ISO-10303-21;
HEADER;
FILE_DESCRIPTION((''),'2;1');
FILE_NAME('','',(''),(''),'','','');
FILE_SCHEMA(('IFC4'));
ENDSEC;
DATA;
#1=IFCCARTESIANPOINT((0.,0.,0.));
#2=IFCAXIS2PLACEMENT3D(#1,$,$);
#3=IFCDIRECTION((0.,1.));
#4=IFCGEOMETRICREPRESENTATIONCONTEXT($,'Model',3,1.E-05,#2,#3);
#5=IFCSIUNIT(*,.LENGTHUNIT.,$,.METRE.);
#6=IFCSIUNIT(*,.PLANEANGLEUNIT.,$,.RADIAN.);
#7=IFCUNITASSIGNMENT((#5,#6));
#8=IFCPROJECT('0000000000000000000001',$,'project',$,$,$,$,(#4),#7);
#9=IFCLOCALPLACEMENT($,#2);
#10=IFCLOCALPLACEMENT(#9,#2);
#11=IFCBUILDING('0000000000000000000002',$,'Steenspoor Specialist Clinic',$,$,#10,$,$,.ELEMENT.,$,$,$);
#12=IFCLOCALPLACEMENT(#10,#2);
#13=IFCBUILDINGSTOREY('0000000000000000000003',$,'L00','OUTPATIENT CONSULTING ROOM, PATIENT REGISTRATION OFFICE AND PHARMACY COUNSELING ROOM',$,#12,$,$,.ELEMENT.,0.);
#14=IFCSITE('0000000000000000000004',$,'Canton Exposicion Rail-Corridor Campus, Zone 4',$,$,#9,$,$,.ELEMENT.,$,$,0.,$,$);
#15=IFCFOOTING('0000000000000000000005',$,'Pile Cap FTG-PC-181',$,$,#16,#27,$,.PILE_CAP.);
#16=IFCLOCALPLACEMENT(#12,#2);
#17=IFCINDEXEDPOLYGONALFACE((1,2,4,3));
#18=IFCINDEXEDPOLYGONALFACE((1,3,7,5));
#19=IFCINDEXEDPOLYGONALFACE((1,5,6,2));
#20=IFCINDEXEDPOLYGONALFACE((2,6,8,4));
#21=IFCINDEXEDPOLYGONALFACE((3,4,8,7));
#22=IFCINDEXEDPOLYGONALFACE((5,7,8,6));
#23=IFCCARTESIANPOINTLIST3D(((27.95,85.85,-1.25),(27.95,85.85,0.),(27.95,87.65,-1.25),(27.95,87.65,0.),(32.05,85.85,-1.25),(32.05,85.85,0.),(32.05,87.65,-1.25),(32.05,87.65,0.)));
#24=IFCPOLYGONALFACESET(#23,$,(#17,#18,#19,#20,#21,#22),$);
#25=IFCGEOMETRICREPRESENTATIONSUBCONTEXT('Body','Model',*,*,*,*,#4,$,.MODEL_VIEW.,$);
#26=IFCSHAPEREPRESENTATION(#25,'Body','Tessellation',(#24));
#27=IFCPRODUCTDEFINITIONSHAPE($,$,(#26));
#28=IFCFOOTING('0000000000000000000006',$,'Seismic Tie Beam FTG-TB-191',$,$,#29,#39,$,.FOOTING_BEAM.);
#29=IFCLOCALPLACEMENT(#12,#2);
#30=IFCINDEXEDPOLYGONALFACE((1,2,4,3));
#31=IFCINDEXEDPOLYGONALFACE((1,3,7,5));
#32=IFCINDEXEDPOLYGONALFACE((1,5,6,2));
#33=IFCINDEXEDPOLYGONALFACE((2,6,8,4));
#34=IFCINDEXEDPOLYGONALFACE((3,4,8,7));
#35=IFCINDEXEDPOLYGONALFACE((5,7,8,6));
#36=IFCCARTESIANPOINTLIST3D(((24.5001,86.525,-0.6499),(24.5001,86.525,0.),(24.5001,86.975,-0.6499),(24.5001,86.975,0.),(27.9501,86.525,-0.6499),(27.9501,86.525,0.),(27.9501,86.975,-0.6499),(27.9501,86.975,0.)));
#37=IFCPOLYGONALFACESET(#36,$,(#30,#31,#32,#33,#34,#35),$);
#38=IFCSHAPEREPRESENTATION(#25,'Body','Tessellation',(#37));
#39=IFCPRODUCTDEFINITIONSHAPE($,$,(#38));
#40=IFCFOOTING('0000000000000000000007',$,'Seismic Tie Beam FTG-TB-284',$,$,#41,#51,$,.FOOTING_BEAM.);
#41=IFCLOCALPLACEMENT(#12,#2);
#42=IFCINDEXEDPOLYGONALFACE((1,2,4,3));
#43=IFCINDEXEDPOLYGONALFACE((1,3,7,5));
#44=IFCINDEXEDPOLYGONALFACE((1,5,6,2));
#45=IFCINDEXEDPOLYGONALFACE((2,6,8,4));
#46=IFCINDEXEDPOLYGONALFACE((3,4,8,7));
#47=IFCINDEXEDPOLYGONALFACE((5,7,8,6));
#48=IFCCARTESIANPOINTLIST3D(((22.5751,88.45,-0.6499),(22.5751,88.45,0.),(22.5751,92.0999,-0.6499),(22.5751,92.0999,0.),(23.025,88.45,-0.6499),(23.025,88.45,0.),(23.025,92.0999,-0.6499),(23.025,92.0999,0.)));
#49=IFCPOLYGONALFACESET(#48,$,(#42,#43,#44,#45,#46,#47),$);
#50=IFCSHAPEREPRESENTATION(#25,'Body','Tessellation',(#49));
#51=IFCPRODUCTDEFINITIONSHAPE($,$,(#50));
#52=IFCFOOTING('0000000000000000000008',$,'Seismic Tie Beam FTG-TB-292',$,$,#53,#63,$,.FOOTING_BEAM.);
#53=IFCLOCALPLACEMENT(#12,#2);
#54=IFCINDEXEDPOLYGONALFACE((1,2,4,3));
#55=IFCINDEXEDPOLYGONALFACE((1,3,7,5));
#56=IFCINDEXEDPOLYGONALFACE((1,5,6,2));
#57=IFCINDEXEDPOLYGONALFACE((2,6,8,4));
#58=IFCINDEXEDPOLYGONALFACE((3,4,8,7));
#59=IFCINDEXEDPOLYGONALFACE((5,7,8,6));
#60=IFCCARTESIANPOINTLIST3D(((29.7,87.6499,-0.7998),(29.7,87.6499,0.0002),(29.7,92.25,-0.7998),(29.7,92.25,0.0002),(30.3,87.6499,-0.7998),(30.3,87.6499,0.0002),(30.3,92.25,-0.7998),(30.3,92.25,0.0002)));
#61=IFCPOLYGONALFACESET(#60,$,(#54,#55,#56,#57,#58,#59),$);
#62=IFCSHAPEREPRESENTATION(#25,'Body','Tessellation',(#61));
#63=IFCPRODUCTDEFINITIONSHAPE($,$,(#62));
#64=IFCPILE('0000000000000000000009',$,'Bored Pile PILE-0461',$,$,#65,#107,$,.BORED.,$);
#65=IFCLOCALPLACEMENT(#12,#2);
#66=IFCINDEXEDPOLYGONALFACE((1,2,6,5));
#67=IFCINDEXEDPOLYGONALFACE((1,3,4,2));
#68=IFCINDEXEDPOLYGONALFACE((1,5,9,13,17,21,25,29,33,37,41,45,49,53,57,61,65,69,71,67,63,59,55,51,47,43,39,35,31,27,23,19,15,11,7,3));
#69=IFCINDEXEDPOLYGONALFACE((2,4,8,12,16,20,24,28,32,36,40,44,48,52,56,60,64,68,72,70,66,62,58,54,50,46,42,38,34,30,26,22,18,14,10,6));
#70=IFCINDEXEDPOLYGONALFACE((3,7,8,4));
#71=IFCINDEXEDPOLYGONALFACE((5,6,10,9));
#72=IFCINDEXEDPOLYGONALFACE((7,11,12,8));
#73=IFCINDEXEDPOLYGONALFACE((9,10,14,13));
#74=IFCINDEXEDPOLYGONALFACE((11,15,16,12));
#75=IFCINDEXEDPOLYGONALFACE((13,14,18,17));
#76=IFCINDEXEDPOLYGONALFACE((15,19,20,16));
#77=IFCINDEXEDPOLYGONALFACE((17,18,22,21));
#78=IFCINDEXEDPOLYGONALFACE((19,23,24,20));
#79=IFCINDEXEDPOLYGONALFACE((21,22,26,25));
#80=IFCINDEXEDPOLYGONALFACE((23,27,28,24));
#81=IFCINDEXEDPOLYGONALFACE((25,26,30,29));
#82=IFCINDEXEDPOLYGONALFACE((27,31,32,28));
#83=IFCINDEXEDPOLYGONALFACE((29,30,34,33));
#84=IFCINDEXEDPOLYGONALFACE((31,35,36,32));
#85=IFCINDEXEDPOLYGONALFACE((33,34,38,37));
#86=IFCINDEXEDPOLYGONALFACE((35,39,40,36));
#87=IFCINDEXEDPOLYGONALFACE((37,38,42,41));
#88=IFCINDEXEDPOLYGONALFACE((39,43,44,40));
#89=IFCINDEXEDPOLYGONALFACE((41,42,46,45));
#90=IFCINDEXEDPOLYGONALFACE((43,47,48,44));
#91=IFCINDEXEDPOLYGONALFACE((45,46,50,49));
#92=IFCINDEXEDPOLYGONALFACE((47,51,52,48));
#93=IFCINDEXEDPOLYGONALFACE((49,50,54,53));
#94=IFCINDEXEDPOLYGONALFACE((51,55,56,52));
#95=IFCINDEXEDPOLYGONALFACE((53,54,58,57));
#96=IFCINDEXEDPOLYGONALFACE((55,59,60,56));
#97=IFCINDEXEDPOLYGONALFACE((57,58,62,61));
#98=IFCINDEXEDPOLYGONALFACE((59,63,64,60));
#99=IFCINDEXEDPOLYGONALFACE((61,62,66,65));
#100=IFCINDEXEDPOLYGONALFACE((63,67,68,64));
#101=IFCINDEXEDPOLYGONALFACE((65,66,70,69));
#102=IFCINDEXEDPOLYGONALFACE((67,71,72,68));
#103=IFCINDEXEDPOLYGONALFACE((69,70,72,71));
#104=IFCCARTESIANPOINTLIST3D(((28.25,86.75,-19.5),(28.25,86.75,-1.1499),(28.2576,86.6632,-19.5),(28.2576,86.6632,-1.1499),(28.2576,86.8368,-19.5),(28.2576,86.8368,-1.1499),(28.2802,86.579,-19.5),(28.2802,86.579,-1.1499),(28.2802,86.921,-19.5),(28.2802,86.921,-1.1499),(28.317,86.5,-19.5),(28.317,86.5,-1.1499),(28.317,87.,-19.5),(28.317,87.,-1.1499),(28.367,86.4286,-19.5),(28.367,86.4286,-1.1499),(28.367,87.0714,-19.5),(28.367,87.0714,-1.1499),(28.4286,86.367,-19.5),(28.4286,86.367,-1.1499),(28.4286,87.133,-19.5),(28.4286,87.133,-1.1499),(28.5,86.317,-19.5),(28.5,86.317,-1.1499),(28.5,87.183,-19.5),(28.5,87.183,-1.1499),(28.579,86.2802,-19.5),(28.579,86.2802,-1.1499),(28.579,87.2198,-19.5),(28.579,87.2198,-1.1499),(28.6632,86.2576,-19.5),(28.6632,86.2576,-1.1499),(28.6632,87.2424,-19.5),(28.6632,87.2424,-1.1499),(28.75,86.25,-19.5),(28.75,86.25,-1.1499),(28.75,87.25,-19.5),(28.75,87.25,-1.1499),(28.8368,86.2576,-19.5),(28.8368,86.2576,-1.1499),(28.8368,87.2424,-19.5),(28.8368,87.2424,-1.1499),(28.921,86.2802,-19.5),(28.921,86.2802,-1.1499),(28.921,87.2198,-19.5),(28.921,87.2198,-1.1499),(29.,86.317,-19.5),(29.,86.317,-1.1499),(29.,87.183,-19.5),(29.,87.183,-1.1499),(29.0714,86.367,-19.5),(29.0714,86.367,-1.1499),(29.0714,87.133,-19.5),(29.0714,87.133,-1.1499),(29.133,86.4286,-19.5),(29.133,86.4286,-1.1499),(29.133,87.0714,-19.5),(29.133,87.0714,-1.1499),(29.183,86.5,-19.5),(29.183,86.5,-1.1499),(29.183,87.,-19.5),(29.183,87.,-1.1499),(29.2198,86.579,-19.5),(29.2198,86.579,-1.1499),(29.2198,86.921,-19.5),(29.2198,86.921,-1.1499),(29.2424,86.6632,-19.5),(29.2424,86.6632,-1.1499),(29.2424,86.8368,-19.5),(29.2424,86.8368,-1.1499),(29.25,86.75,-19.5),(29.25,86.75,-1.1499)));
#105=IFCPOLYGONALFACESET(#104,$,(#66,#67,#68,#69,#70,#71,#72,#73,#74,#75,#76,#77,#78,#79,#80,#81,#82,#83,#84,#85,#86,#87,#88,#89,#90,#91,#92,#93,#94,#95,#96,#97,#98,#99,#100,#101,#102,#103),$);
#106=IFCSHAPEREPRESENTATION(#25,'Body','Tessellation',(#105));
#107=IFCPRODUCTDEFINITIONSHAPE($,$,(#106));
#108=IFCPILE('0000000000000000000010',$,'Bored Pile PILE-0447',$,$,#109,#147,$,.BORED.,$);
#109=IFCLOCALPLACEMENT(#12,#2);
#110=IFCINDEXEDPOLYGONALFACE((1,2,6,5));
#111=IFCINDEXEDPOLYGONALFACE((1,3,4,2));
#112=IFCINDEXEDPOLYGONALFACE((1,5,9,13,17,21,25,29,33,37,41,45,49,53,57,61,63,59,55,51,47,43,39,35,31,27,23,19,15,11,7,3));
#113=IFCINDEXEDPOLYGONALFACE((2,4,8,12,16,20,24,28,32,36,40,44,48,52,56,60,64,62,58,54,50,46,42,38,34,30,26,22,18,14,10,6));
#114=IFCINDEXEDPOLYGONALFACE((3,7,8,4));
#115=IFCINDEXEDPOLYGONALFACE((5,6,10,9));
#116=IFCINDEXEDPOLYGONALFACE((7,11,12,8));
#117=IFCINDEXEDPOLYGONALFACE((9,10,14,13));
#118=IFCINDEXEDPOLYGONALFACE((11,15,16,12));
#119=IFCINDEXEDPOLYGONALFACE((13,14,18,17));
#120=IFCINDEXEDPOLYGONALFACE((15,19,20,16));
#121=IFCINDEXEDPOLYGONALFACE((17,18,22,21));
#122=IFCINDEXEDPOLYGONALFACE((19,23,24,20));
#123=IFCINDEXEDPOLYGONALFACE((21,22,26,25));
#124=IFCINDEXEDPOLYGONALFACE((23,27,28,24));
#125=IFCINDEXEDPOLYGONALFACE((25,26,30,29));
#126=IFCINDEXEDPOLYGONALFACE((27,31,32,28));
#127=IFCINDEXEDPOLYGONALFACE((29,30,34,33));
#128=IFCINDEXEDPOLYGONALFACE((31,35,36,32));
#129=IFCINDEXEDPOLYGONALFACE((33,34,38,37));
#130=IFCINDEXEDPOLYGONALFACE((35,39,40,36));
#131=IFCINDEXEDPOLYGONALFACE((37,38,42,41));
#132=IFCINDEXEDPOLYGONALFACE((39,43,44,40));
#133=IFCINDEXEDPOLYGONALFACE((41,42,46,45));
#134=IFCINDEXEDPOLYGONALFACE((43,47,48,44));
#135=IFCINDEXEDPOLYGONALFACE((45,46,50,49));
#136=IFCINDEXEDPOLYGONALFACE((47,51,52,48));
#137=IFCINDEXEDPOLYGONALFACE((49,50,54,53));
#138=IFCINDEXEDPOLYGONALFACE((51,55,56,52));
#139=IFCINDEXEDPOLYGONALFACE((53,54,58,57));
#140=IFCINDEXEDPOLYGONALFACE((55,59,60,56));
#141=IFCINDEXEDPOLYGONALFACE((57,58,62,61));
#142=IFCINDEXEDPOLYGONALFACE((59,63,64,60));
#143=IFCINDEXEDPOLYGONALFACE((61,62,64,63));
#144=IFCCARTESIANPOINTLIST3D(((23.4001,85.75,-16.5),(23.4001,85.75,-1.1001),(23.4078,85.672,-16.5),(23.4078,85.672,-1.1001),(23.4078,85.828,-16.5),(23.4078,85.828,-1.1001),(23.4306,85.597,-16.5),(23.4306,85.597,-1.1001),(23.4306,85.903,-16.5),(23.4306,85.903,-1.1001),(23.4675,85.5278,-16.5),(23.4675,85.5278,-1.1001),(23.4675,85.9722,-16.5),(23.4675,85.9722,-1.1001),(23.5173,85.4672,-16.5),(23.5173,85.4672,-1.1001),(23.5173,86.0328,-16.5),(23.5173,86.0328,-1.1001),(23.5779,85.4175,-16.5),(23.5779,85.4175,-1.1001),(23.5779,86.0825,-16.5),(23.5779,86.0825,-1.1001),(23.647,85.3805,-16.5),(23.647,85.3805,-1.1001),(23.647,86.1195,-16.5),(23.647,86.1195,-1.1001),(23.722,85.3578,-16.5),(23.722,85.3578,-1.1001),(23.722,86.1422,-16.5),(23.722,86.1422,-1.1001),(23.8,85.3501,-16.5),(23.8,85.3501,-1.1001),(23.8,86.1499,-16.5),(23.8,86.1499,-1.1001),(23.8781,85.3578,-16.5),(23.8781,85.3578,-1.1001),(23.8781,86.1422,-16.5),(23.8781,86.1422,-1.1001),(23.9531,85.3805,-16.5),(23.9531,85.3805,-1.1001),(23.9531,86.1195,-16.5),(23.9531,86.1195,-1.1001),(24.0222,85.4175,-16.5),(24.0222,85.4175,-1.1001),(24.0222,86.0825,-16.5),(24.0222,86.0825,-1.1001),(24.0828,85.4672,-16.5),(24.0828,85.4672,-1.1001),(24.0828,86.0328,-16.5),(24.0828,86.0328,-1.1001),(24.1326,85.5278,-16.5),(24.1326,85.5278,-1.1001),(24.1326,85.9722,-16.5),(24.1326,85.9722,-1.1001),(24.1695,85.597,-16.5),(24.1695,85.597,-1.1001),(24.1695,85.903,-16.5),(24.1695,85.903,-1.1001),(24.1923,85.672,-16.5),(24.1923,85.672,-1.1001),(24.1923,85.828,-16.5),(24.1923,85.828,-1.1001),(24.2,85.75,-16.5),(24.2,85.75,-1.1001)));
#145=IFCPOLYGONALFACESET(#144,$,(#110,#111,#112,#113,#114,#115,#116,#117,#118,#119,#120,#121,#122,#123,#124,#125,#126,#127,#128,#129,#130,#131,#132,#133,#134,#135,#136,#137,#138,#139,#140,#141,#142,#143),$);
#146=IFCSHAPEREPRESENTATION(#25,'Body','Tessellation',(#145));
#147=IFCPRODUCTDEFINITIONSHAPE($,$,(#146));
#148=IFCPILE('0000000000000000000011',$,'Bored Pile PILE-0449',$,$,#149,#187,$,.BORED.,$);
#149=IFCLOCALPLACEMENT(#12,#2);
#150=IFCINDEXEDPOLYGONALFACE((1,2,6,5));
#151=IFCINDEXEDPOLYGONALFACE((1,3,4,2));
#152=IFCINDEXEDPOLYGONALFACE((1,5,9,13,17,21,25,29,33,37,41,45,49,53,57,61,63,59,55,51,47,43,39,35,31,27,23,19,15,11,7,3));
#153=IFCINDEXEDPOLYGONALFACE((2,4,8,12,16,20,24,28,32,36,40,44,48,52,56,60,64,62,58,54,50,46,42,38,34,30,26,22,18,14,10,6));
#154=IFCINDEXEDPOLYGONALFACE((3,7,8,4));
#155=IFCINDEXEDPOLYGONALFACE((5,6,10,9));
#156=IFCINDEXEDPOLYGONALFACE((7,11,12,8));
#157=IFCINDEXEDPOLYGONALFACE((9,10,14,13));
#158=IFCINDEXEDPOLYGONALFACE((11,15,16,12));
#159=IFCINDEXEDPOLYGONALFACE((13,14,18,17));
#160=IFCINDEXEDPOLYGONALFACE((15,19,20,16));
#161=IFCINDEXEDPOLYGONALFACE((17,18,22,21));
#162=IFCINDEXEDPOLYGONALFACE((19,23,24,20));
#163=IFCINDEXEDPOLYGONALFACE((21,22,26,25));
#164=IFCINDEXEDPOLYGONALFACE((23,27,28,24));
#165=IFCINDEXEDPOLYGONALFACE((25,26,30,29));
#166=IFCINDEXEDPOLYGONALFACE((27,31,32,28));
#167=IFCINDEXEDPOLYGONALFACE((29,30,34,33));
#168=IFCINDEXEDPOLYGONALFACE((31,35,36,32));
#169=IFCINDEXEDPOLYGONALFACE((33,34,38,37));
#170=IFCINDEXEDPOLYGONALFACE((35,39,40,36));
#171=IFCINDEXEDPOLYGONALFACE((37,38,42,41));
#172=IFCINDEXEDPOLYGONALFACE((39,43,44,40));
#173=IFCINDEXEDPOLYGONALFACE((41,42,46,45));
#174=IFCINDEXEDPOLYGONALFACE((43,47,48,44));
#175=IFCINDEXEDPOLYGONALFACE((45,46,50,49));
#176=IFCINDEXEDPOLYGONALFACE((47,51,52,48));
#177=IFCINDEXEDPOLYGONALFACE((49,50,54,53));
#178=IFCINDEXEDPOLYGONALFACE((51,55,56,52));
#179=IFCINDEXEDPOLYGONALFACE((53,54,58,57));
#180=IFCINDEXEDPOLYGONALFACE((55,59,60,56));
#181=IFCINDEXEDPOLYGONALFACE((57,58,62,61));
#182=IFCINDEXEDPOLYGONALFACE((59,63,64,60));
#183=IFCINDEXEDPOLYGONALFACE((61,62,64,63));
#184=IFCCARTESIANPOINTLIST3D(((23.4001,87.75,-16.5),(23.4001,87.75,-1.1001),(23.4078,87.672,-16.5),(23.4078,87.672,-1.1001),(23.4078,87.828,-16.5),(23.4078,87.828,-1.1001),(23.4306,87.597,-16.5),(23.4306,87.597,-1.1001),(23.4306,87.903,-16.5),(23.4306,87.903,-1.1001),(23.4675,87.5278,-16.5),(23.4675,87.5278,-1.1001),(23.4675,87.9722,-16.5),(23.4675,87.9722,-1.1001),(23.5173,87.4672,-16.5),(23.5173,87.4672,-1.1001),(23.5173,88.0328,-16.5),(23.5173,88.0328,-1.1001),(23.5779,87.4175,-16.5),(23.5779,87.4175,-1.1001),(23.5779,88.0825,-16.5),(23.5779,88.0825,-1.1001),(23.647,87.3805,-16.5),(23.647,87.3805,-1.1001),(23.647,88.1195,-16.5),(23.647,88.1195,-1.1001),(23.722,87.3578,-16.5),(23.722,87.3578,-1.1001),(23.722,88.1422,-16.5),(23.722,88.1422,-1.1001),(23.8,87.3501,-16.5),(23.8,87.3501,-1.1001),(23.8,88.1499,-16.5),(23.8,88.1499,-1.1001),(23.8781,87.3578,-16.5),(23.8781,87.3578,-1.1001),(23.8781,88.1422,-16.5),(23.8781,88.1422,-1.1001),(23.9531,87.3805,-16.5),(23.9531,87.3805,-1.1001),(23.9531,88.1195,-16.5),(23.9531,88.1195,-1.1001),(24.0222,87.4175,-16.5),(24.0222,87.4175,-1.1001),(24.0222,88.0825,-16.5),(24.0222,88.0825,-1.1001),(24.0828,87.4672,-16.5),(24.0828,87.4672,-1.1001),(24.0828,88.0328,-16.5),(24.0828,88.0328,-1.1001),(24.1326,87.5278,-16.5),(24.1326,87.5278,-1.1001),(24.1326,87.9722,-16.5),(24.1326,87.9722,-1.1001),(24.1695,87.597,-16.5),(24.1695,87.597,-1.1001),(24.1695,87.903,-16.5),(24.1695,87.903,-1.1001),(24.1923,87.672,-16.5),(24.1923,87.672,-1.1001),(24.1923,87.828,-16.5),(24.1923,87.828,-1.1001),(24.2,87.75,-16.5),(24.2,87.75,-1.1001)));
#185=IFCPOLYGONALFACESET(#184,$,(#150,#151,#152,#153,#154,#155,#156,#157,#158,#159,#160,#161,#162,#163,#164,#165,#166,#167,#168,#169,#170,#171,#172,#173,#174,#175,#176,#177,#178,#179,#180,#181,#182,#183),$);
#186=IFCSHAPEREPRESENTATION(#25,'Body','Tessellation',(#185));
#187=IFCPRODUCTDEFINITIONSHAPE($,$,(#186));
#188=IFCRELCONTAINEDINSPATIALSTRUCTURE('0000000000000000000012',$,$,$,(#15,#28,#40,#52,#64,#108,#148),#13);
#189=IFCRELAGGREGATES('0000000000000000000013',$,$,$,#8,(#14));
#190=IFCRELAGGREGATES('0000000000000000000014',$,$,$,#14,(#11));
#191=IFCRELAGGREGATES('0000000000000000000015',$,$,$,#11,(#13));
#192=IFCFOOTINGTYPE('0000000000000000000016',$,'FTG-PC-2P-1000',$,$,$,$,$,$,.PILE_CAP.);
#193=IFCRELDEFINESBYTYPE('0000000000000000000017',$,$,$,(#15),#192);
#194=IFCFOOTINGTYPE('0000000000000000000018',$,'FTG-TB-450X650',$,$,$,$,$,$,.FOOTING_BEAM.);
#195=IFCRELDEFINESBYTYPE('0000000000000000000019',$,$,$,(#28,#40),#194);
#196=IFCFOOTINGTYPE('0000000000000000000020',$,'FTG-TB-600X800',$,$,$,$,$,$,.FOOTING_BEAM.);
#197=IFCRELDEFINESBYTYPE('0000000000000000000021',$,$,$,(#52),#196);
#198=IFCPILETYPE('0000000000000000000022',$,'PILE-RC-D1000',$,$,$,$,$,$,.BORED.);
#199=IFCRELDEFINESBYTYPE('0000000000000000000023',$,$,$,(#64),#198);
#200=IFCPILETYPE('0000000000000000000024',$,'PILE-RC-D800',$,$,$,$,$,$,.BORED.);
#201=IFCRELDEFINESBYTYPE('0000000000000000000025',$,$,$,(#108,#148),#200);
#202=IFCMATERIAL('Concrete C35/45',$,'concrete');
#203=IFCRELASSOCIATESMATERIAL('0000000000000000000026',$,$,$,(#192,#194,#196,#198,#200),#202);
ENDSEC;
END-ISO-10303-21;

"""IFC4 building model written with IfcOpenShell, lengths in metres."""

from ifc_helpers import new_model, si_unit, direction, frame, origin, origin_2d, place, context, subcontext, project, spatial, rectangle, circle, extrude, material, material_profile, profile_set, type_object, element, save


model = new_model("IFC4")

# Units and contexts
model_context = context("Model", 3, precision=1e-05, world=origin(), true_north=direction((0.0, 1.0)))
body_context = subcontext(model_context, "Body", "Model", "MODEL_VIEW")
ifc_project = project(units=[si_unit("LENGTHUNIT", "METRE"), si_unit("PLANEANGLEUNIT", "RADIAN")], contexts=[model_context])

# Site, building, storey
site_placement = place(None, origin())
site = spatial("IfcSite", under=ifc_project, at=site_placement, Name="Canton Exposicion Rail-Corridor Campus, Zone 4", CompositionType="ELEMENT", RefElevation=0.0)
building_placement = place(site_placement, origin())
building = spatial("IfcBuilding", under=site, at=building_placement, Name="Steenspoor Specialist Clinic", CompositionType="ELEMENT")
storey_placement = place(building_placement, origin())
storey = spatial("IfcBuildingStorey", under=building, at=storey_placement, Name="L00", Description="OUTPATIENT CONSULTING ROOM, PATIENT REGISTRATION OFFICE AND PHARMACY COUNSELING ROOM", CompositionType="ELEMENT", Elevation=0.0)

# Footings
ifc_material_1 = material(Name="Concrete C35/45", Category="concrete")
footing_type_1 = type_object("IfcFootingType", Name="FTG-PC-2P-1000", PredefinedType="PILE_CAP", material=ifc_material_1)
footing_1_placement = place(storey_placement, frame((30.0, 86.75, -1.25), z_axis=(0.0, 0.0, 1.0), x_axis=(1.0, 0.0, 0.0)))
element("IfcFooting", 1, at=footing_1_placement, inside=storey, type_object=footing_type_1, Name="Pile Cap FTG-PC-181", PredefinedType="PILE_CAP", context=body_context, shape_type="SweptSolid", body=[
    extrude(rectangle(XDim=4.1001, YDim=1.8, at=origin_2d()), origin(), (0.0, 0.0, 1.0), 1.25),
])
footing_type_2 = type_object("IfcFootingType", Name="FTG-TB-450X650", PredefinedType="FOOTING_BEAM", material=ifc_material_1)
footing_2_placement = place(storey_placement, frame((26.2251, 86.75, -0.6499), z_axis=(0.0, 0.0, 1.0), x_axis=(1.0, 0.0, 0.0)))
element("IfcFooting", 2, at=footing_2_placement, inside=storey, type_object=footing_type_2, Name="Seismic Tie Beam FTG-TB-191", PredefinedType="FOOTING_BEAM", context=body_context, shape_type="SweptSolid", body=[
    extrude(rectangle(XDim=3.45, YDim=0.45, at=origin_2d()), origin(), (0.0, 0.0, 1.0), 0.6499),
])
footing_3_placement = place(storey_placement, frame((22.8, 90.2749, -0.6499), z_axis=(0.0, 0.0, 1.0), x_axis=(1.0, 0.0, 0.0)))
element("IfcFooting", 3, at=footing_3_placement, inside=storey, type_object=footing_type_2, Name="Seismic Tie Beam FTG-TB-284", PredefinedType="FOOTING_BEAM", context=body_context, shape_type="SweptSolid", body=[
    extrude(rectangle(XDim=0.45, YDim=3.6499, at=origin_2d()), origin(), (0.0, 0.0, 1.0), 0.6499),
])
footing_type_3 = type_object("IfcFootingType", Name="FTG-TB-600X800", PredefinedType="FOOTING_BEAM", material=ifc_material_1)
footing_4_placement = place(storey_placement, frame((30.0, 89.95, -0.7998), z_axis=(0.0, 0.0, 1.0), x_axis=(1.0, 0.0, 0.0)))
element("IfcFooting", 4, at=footing_4_placement, inside=storey, type_object=footing_type_3, Name="Seismic Tie Beam FTG-TB-292", PredefinedType="FOOTING_BEAM", context=body_context, shape_type="SweptSolid", body=[
    extrude(rectangle(XDim=0.6001, YDim=4.6001, at=origin_2d()), origin(), (0.0, 0.0, 1.0), 0.8),
])

# Piles
ifc_material_profile_1 = material_profile(ifc_material_1, circle(Radius=0.5, at=origin_2d()), Name="PILE-D1000")
ifc_profile_set_1 = profile_set([ifc_material_profile_1], Name="Concrete C35/45")
pile_type_1 = type_object("IfcPileType", Name="PILE-RC-D1000", PredefinedType="BORED", material=ifc_profile_set_1)
pile_placement = place(storey_placement, frame((28.75, 86.75, -1.1499), z_axis=(0.0, 0.0, -1.0), x_axis=(1.0, 0.0, 0.0)))
element("IfcPile", 5, at=pile_placement, inside=storey, type_object=pile_type_1, Name="Bored Pile PILE-0461", PredefinedType="BORED", context=body_context, shape_type="SweptSolid", body=[
    extrude(circle(Radius=0.5, at=origin_2d()), origin(), (0.0, 0.0, 1.0), 18.3501),
])
ifc_material_profile_2 = material_profile(ifc_material_1, circle(Radius=0.3999, at=origin_2d()), Name="PILE-D800")
ifc_profile_set_2 = profile_set([ifc_material_profile_2], Name="Concrete C35/45")
pile_type_2 = type_object("IfcPileType", Name="PILE-RC-D800", PredefinedType="BORED", material=ifc_profile_set_2)
for number, where, z_axis, x_axis, name in (
    (6, (23.8, 85.75, -1.1001), (0.0, 0.0, -1.0), (1.0, 0.0, 0.0), "Bored Pile PILE-0447"),
    (7, (23.8, 87.75, -1.1001), (0.0, 0.0, -1.0), (1.0, 0.0, 0.0), "Bored Pile PILE-0449"),
):
    element("IfcPile", number, at=place(storey_placement, frame(where, z_axis=z_axis, x_axis=x_axis)), inside=storey, type_object=pile_type_2, Name=name, PredefinedType="BORED", context=body_context, shape_type="SweptSolid", body=[
        extrude(circle(Radius=0.3999, at=origin_2d()), origin(), (0.0, 0.0, 1.0), 15.3999),
    ])

save(model, "model.ifc")
